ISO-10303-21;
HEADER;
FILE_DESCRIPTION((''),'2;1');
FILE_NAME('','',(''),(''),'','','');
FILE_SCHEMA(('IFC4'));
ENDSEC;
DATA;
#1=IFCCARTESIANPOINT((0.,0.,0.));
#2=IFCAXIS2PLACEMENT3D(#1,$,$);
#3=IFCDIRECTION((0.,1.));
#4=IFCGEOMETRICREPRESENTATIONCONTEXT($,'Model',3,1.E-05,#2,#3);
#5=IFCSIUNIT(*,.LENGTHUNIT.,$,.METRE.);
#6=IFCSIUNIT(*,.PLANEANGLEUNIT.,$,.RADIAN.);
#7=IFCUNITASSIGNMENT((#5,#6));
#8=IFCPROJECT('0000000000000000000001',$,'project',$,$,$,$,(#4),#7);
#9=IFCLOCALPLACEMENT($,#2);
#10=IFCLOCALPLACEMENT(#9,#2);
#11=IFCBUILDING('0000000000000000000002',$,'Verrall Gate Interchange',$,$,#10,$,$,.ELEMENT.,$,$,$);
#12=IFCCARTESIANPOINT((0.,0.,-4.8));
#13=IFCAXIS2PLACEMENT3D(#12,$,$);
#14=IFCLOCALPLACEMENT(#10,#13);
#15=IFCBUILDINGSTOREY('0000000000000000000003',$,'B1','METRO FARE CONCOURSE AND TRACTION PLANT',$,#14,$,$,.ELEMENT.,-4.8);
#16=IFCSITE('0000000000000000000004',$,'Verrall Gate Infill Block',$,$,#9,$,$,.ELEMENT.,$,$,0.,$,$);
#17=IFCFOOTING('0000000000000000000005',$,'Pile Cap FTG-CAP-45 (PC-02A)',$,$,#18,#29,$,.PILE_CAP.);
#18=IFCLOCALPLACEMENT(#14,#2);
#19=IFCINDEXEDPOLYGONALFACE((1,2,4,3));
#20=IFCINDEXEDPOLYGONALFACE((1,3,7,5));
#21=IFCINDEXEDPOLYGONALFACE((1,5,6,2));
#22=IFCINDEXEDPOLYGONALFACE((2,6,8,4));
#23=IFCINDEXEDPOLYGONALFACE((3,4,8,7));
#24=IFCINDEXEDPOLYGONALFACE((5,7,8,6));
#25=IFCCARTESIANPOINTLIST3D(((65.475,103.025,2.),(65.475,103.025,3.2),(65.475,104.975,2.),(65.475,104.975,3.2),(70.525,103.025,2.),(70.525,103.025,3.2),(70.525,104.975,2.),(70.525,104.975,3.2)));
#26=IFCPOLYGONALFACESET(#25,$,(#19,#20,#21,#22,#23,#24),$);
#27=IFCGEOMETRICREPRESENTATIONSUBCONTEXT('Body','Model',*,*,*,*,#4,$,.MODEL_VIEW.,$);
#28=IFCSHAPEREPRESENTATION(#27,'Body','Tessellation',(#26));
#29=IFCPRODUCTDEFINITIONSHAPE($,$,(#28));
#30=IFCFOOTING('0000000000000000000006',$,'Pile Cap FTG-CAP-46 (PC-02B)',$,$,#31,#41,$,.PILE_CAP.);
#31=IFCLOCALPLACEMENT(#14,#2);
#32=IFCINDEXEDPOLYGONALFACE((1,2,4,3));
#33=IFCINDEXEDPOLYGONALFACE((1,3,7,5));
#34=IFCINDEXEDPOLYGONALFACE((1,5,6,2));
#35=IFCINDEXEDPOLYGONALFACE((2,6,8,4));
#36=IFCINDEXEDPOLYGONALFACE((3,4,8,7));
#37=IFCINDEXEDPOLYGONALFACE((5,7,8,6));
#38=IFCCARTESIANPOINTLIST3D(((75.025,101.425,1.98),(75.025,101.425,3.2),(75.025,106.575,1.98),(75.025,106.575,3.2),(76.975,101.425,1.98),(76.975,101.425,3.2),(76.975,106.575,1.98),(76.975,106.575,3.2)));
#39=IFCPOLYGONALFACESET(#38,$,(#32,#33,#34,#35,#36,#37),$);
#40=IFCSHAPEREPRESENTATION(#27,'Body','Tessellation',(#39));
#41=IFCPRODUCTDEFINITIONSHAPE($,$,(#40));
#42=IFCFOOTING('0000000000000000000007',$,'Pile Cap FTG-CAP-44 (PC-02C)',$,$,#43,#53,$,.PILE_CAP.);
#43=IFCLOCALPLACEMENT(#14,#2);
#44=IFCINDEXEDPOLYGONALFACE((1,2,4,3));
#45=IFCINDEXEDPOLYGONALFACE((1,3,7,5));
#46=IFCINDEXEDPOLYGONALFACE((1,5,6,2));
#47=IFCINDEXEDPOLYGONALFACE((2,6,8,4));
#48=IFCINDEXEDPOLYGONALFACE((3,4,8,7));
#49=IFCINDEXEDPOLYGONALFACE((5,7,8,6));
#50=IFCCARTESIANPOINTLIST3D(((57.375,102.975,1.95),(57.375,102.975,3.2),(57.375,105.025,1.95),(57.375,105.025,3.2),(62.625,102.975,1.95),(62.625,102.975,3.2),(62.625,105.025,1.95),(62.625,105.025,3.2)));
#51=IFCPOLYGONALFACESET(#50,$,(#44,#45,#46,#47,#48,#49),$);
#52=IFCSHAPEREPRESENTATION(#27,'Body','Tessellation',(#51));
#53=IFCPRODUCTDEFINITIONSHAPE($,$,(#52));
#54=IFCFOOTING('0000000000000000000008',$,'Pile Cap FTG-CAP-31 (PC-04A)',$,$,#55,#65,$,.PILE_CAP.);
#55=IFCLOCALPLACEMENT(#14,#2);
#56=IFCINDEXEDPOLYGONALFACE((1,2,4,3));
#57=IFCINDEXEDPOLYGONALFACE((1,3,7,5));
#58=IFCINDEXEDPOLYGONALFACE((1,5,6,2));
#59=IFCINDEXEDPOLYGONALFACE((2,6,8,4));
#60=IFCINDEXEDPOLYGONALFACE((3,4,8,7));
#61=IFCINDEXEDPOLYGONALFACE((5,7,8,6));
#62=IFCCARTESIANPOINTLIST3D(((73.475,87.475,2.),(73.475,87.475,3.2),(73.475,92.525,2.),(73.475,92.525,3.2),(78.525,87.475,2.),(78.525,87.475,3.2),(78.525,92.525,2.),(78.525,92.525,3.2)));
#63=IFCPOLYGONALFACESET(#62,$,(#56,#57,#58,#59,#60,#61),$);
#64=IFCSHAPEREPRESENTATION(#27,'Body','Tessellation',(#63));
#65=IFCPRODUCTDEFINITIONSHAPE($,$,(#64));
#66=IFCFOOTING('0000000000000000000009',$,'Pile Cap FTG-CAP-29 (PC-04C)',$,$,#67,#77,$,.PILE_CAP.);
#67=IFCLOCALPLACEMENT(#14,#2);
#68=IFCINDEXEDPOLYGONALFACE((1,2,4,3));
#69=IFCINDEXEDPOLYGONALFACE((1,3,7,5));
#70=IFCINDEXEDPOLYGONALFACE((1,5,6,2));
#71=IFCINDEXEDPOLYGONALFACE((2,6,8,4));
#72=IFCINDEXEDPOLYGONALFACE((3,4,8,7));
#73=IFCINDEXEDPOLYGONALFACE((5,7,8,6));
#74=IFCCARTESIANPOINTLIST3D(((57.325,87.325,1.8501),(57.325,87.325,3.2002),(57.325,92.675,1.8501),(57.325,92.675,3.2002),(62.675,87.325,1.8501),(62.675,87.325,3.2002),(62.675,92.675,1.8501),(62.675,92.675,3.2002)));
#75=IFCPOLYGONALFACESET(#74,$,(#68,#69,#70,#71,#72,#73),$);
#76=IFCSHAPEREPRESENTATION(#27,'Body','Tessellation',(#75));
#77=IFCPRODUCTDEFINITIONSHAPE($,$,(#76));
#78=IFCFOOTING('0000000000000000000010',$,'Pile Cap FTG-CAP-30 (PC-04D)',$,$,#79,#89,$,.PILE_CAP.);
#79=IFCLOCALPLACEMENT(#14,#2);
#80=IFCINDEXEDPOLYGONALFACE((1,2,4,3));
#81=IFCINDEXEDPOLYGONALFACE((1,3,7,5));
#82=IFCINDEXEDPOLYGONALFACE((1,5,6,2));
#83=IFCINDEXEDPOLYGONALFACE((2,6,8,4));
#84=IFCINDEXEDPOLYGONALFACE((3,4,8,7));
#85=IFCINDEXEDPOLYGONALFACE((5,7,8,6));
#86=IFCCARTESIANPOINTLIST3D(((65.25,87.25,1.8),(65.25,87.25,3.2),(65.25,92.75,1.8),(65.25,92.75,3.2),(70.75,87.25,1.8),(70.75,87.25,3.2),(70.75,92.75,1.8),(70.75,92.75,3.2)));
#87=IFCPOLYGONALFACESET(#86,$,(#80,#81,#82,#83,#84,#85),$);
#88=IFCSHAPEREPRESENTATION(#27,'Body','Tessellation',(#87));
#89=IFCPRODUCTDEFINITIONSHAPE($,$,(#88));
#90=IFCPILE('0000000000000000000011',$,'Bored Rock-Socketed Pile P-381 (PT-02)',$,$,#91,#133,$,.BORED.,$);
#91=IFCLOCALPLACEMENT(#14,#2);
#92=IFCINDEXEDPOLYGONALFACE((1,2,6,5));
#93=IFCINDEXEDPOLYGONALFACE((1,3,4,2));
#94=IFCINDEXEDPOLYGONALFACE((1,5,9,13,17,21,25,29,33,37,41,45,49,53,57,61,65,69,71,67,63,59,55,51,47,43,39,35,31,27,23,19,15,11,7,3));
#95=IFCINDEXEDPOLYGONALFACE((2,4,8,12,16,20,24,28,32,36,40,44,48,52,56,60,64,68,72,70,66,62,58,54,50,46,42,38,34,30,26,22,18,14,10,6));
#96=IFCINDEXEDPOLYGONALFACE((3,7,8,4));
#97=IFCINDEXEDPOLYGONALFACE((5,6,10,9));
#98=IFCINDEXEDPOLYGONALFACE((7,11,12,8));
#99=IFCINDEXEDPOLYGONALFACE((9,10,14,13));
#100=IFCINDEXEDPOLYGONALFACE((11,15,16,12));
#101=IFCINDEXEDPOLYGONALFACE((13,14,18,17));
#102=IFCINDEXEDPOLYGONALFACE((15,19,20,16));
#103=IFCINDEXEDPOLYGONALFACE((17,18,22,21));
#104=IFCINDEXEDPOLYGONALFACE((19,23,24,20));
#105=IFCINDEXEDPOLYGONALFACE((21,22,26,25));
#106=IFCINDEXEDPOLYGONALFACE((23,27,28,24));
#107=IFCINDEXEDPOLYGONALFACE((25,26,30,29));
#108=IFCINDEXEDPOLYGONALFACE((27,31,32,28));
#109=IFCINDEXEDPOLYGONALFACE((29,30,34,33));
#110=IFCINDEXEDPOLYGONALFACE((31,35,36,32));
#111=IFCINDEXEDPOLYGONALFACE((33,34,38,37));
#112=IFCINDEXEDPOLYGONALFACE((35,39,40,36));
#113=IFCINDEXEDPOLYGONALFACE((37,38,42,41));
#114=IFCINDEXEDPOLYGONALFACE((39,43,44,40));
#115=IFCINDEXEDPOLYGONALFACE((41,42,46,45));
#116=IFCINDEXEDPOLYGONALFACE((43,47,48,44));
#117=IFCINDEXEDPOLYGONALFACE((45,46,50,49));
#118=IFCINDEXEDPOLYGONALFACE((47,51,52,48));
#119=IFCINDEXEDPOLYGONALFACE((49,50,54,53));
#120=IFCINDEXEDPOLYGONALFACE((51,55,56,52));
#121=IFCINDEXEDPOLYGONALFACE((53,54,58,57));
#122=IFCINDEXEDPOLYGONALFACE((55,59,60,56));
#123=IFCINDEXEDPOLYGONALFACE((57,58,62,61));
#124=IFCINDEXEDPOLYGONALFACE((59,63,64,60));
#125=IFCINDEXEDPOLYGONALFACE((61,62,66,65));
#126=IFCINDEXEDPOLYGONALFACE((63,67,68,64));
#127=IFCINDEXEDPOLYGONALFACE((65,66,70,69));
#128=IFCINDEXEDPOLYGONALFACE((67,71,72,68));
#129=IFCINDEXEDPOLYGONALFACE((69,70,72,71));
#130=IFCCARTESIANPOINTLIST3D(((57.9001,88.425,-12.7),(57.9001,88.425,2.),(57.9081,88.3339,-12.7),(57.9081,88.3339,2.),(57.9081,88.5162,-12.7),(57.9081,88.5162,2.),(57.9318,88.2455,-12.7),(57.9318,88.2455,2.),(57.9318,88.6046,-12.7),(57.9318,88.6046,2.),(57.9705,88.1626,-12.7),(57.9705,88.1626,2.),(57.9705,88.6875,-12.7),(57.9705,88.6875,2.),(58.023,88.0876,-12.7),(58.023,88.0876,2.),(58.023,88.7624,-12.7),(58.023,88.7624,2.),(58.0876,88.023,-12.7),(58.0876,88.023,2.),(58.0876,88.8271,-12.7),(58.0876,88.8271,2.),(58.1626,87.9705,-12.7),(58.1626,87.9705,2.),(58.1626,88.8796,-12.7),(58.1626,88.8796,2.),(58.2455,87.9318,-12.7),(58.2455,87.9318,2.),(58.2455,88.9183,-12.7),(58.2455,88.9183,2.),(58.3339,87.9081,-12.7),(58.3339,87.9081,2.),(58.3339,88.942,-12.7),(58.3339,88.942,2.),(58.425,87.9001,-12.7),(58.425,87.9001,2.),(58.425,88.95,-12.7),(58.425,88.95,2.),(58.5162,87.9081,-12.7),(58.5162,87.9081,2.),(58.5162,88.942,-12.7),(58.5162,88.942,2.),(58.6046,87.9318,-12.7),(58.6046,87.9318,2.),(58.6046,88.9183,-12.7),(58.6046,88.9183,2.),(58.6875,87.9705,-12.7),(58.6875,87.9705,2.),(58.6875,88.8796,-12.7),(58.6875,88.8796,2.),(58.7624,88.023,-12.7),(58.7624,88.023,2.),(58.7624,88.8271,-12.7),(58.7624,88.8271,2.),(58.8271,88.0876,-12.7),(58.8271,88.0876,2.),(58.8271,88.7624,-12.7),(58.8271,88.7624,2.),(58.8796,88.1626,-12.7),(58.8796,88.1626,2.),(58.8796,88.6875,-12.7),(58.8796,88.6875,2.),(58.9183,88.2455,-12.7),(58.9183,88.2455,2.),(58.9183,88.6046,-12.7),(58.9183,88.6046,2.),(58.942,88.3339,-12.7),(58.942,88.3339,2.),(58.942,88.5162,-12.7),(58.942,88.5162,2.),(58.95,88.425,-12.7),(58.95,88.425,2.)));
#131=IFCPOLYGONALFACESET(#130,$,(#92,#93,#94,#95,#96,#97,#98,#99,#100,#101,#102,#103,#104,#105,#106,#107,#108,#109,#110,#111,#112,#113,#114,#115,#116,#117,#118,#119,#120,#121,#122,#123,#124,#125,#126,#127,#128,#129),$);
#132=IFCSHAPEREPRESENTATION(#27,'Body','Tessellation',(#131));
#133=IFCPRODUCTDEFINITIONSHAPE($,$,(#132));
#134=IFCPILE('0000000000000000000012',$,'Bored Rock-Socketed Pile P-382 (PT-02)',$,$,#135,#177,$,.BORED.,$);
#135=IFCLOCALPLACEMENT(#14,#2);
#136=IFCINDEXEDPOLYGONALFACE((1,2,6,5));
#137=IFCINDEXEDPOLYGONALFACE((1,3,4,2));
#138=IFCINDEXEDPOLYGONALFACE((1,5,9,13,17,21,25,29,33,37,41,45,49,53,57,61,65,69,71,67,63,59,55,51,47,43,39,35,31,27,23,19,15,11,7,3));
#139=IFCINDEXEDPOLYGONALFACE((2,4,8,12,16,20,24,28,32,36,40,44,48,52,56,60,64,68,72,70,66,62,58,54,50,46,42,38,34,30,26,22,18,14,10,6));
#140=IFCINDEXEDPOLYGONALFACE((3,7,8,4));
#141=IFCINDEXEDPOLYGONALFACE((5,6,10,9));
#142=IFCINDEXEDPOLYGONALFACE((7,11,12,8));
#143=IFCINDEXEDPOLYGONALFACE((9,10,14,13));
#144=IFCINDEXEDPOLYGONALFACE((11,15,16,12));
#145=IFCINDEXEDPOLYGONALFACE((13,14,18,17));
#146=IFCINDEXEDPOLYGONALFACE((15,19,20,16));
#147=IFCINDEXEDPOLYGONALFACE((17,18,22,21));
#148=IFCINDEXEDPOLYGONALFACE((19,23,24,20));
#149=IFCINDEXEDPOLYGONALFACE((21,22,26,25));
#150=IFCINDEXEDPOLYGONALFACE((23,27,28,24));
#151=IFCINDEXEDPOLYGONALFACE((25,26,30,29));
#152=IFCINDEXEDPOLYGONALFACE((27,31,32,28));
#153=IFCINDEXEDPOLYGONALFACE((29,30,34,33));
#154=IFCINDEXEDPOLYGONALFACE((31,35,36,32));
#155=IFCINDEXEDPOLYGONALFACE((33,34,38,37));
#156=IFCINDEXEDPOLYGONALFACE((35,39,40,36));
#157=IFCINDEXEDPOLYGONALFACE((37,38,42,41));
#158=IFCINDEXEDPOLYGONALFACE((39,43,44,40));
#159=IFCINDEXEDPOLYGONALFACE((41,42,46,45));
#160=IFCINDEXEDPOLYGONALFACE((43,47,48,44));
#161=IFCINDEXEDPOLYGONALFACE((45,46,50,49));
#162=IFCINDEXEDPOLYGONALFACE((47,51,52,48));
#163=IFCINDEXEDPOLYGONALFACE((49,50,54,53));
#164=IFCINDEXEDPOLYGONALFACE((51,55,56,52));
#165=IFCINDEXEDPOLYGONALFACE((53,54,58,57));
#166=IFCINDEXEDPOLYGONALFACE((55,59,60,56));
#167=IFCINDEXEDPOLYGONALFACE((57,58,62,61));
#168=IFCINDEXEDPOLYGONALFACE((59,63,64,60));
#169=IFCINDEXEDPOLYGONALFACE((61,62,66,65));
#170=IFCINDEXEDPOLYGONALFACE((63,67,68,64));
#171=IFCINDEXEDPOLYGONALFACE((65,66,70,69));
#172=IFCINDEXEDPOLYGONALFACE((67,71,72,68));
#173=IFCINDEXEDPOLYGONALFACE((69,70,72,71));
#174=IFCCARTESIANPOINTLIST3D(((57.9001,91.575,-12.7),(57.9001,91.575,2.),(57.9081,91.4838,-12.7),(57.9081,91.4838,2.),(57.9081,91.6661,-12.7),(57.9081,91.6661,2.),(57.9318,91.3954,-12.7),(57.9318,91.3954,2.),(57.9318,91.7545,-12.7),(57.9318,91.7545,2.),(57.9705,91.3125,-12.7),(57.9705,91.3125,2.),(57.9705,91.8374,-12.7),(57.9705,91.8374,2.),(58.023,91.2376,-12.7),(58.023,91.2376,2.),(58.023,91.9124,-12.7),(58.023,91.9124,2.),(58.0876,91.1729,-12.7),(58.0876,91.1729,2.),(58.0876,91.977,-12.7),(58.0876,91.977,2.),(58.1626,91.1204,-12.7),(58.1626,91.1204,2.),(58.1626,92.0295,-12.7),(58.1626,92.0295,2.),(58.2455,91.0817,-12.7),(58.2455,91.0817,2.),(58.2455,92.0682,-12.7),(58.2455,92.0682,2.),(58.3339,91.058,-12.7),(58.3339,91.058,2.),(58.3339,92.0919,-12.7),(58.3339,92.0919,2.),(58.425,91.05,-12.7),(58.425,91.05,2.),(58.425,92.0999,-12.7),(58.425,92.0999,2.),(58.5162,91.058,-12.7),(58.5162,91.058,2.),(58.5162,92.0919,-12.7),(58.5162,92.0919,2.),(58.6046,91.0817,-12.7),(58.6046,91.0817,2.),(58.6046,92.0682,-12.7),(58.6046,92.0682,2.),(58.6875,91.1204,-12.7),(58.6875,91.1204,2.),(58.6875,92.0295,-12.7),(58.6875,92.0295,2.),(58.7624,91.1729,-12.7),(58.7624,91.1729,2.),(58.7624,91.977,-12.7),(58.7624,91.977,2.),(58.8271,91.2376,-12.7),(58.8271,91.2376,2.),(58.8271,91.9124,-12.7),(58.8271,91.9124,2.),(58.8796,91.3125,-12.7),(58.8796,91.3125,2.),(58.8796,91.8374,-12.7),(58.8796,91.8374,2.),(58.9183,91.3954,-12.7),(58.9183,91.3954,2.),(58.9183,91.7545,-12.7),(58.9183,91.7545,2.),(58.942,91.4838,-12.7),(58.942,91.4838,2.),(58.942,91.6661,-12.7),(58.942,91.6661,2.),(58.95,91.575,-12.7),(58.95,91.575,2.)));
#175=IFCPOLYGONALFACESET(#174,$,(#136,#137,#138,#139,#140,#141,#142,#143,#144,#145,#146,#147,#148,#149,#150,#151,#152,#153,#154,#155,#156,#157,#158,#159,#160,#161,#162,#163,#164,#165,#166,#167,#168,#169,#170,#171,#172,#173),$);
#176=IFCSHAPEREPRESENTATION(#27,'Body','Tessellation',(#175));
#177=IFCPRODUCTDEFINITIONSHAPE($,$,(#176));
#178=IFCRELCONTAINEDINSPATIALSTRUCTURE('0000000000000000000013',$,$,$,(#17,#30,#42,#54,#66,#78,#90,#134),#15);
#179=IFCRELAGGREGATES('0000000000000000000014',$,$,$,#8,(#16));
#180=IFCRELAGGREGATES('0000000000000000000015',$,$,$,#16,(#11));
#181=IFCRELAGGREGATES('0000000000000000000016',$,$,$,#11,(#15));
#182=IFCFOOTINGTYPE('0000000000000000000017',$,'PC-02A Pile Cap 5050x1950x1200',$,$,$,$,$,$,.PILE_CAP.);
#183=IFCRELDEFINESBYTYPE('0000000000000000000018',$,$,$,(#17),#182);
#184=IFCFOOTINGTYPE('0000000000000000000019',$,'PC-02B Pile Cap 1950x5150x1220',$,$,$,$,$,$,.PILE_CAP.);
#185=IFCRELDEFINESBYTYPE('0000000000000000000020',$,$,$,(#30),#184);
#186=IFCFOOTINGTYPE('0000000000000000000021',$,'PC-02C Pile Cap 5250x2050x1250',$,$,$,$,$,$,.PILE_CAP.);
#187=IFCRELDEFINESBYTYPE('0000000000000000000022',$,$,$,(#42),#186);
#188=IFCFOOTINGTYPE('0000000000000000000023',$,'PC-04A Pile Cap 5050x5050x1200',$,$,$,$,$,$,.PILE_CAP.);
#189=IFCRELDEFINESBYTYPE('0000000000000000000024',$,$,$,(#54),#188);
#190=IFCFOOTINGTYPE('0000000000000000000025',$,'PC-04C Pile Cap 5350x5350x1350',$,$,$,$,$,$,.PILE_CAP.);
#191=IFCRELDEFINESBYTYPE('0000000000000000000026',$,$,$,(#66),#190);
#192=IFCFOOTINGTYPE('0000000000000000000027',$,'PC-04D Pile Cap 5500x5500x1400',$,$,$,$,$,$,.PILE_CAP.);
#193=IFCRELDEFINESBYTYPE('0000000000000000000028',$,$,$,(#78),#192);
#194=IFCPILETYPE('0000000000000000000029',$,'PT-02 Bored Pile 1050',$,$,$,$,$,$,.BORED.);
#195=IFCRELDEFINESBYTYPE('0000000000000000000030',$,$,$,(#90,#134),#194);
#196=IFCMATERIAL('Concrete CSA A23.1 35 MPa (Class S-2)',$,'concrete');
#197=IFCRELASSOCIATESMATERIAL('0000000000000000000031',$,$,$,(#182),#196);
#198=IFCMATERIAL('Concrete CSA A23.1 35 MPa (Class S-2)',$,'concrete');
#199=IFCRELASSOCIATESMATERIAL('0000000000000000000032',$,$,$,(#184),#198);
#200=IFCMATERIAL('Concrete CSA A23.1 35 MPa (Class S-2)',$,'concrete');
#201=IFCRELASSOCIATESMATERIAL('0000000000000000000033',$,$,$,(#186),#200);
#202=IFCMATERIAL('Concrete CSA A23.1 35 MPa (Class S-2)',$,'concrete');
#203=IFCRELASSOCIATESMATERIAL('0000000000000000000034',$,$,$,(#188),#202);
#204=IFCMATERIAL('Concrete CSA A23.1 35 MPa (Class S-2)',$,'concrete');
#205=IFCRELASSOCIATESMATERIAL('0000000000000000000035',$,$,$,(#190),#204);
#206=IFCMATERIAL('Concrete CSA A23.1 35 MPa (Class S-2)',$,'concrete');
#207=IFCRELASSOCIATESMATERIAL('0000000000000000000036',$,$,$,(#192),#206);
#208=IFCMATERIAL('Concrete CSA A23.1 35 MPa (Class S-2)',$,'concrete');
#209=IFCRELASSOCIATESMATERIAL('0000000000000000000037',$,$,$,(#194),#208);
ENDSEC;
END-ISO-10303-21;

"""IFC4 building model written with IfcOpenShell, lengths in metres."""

from ifc_helpers import new_model, si_unit, direction, frame, origin, origin_2d, place, context, subcontext, project, spatial, rectangle, circle, extrude, material, material_profile, profile_set, type_object, element, save


model = new_model("IFC4")

# Units and contexts
model_context = context("Model", 3, precision=1e-05, world=origin(), true_north=direction((0.0, 1.0)))
body_context = subcontext(model_context, "Body", "Model", "MODEL_VIEW")
ifc_project = project(units=[si_unit("LENGTHUNIT", "METRE"), si_unit("PLANEANGLEUNIT", "RADIAN")], contexts=[model_context])

# Site, building, storey
site_placement = place(None, origin())
site = spatial("IfcSite", under=ifc_project, at=site_placement, Name="Verrall Gate Infill Block", CompositionType="ELEMENT", RefElevation=0.0)
building_placement = place(site_placement, origin())
building = spatial("IfcBuilding", under=site, at=building_placement, Name="Verrall Gate Interchange", CompositionType="ELEMENT")
storey_placement = place(building_placement, frame((0.0, 0.0, -4.8)))
storey = spatial("IfcBuildingStorey", under=building, at=storey_placement, Name="B1", Description="METRO FARE CONCOURSE AND TRACTION PLANT", CompositionType="ELEMENT", Elevation=-4.8)

# Footings
ifc_material_1 = material(Name="Concrete CSA A23.1 35 MPa (Class S-2)", Category="concrete")
footing_type_1 = type_object("IfcFootingType", Name="PC-02A Pile Cap 5050x1950x1200", PredefinedType="PILE_CAP", material=ifc_material_1)
footing_1_placement = place(storey_placement, frame((68.0, 104.0, 2.0), z_axis=(0.0, 0.0, 1.0), x_axis=(1.0, 0.0, 0.0)))
element("IfcFooting", 1, at=footing_1_placement, inside=storey, type_object=footing_type_1, Name="Pile Cap FTG-CAP-45 (PC-02A)", PredefinedType="PILE_CAP", context=body_context, shape_type="SweptSolid", body=[
    extrude(rectangle(XDim=5.05, YDim=1.95, at=origin_2d()), origin(), (0.0, 0.0, 1.0), 1.2),
])
ifc_material_2 = material(Name="Concrete CSA A23.1 35 MPa (Class S-2)", Category="concrete")
footing_type_2 = type_object("IfcFootingType", Name="PC-02B Pile Cap 1950x5150x1220", PredefinedType="PILE_CAP", material=ifc_material_2)
footing_2_placement = place(storey_placement, frame((76.0, 104.0, 1.98), z_axis=(0.0, 0.0, 1.0), x_axis=(1.0, 0.0, 0.0)))
element("IfcFooting", 2, at=footing_2_placement, inside=storey, type_object=footing_type_2, Name="Pile Cap FTG-CAP-46 (PC-02B)", PredefinedType="PILE_CAP", context=body_context, shape_type="SweptSolid", body=[
    extrude(rectangle(XDim=1.95, YDim=5.1499, at=origin_2d()), origin(), (0.0, 0.0, 1.0), 1.22),
])
ifc_material_3 = material(Name="Concrete CSA A23.1 35 MPa (Class S-2)", Category="concrete")
footing_type_3 = type_object("IfcFootingType", Name="PC-02C Pile Cap 5250x2050x1250", PredefinedType="PILE_CAP", material=ifc_material_3)
footing_3_placement = place(storey_placement, frame((60.0, 104.0, 1.95), z_axis=(0.0, 0.0, 1.0), x_axis=(1.0, 0.0, 0.0)))
element("IfcFooting", 3, at=footing_3_placement, inside=storey, type_object=footing_type_3, Name="Pile Cap FTG-CAP-44 (PC-02C)", PredefinedType="PILE_CAP", context=body_context, shape_type="SweptSolid", body=[
    extrude(rectangle(XDim=5.25, YDim=2.05, at=origin_2d()), origin(), (0.0, 0.0, 1.0), 1.25),
])
ifc_material_4 = material(Name="Concrete CSA A23.1 35 MPa (Class S-2)", Category="concrete")
footing_type_4 = type_object("IfcFootingType", Name="PC-04A Pile Cap 5050x5050x1200", PredefinedType="PILE_CAP", material=ifc_material_4)
footing_4_placement = place(storey_placement, frame((76.0, 90.0, 2.0), z_axis=(0.0, 0.0, 1.0), x_axis=(1.0, 0.0, 0.0)))
element("IfcFooting", 4, at=footing_4_placement, inside=storey, type_object=footing_type_4, Name="Pile Cap FTG-CAP-31 (PC-04A)", PredefinedType="PILE_CAP", context=body_context, shape_type="SweptSolid", body=[
    extrude(rectangle(XDim=5.05, YDim=5.05, at=origin_2d()), origin(), (0.0, 0.0, 1.0), 1.2),
])
ifc_material_5 = material(Name="Concrete CSA A23.1 35 MPa (Class S-2)", Category="concrete")
footing_type_5 = type_object("IfcFootingType", Name="PC-04C Pile Cap 5350x5350x1350", PredefinedType="PILE_CAP", material=ifc_material_5)
footing_5_placement = place(storey_placement, frame((60.0, 90.0, 1.8501), z_axis=(0.0, 0.0, 1.0), x_axis=(1.0, 0.0, 0.0)))
element("IfcFooting", 5, at=footing_5_placement, inside=storey, type_object=footing_type_5, Name="Pile Cap FTG-CAP-29 (PC-04C)", PredefinedType="PILE_CAP", context=body_context, shape_type="SweptSolid", body=[
    extrude(rectangle(XDim=5.3501, YDim=5.3501, at=origin_2d()), origin(), (0.0, 0.0, 1.0), 1.3501),
])
ifc_material_6 = material(Name="Concrete CSA A23.1 35 MPa (Class S-2)", Category="concrete")
footing_type_6 = type_object("IfcFootingType", Name="PC-04D Pile Cap 5500x5500x1400", PredefinedType="PILE_CAP", material=ifc_material_6)
footing_6_placement = place(storey_placement, frame((68.0, 90.0, 1.8), z_axis=(0.0, 0.0, 1.0), x_axis=(1.0, 0.0, 0.0)))
element("IfcFooting", 6, at=footing_6_placement, inside=storey, type_object=footing_type_6, Name="Pile Cap FTG-CAP-30 (PC-04D)", PredefinedType="PILE_CAP", context=body_context, shape_type="SweptSolid", body=[
    extrude(rectangle(XDim=5.5, YDim=5.5, at=origin_2d()), origin(), (0.0, 0.0, 1.0), 1.3999),
])

# Piles
ifc_material_7 = material(Name="Concrete CSA A23.1 35 MPa (Class S-2)", Category="concrete")
ifc_material_profile_1 = material_profile(ifc_material_7, circle(Radius=0.5249, at=origin_2d()), Name="PILE1050D")
ifc_profile_set_1 = profile_set([ifc_material_profile_1], Name="Concrete CSA A23.1 35 MPa (Class S-2)")
pile_type = type_object("IfcPileType", Name="PT-02 Bored Pile 1050", PredefinedType="BORED", material=ifc_profile_set_1)
for number, where, z_axis, x_axis, name in (
    (7, (58.425, 88.425, 2.0), (0.0, 0.0, -1.0), (1.0, 0.0, 0.0), "Bored Rock-Socketed Pile P-381 (PT-02)"),
    (8, (58.425, 91.575, 2.0), (0.0, 0.0, -1.0), (1.0, 0.0, 0.0), "Bored Rock-Socketed Pile P-382 (PT-02)"),
):
    element("IfcPile", number, at=place(storey_placement, frame(where, z_axis=z_axis, x_axis=x_axis)), inside=storey, type_object=pile_type, Name=name, PredefinedType="BORED", context=body_context, shape_type="SweptSolid", body=[
        extrude(circle(Radius=0.5249, at=origin_2d()), origin(), (0.0, 0.0, 1.0), 14.7),
    ])

save(model, "model.ifc")
